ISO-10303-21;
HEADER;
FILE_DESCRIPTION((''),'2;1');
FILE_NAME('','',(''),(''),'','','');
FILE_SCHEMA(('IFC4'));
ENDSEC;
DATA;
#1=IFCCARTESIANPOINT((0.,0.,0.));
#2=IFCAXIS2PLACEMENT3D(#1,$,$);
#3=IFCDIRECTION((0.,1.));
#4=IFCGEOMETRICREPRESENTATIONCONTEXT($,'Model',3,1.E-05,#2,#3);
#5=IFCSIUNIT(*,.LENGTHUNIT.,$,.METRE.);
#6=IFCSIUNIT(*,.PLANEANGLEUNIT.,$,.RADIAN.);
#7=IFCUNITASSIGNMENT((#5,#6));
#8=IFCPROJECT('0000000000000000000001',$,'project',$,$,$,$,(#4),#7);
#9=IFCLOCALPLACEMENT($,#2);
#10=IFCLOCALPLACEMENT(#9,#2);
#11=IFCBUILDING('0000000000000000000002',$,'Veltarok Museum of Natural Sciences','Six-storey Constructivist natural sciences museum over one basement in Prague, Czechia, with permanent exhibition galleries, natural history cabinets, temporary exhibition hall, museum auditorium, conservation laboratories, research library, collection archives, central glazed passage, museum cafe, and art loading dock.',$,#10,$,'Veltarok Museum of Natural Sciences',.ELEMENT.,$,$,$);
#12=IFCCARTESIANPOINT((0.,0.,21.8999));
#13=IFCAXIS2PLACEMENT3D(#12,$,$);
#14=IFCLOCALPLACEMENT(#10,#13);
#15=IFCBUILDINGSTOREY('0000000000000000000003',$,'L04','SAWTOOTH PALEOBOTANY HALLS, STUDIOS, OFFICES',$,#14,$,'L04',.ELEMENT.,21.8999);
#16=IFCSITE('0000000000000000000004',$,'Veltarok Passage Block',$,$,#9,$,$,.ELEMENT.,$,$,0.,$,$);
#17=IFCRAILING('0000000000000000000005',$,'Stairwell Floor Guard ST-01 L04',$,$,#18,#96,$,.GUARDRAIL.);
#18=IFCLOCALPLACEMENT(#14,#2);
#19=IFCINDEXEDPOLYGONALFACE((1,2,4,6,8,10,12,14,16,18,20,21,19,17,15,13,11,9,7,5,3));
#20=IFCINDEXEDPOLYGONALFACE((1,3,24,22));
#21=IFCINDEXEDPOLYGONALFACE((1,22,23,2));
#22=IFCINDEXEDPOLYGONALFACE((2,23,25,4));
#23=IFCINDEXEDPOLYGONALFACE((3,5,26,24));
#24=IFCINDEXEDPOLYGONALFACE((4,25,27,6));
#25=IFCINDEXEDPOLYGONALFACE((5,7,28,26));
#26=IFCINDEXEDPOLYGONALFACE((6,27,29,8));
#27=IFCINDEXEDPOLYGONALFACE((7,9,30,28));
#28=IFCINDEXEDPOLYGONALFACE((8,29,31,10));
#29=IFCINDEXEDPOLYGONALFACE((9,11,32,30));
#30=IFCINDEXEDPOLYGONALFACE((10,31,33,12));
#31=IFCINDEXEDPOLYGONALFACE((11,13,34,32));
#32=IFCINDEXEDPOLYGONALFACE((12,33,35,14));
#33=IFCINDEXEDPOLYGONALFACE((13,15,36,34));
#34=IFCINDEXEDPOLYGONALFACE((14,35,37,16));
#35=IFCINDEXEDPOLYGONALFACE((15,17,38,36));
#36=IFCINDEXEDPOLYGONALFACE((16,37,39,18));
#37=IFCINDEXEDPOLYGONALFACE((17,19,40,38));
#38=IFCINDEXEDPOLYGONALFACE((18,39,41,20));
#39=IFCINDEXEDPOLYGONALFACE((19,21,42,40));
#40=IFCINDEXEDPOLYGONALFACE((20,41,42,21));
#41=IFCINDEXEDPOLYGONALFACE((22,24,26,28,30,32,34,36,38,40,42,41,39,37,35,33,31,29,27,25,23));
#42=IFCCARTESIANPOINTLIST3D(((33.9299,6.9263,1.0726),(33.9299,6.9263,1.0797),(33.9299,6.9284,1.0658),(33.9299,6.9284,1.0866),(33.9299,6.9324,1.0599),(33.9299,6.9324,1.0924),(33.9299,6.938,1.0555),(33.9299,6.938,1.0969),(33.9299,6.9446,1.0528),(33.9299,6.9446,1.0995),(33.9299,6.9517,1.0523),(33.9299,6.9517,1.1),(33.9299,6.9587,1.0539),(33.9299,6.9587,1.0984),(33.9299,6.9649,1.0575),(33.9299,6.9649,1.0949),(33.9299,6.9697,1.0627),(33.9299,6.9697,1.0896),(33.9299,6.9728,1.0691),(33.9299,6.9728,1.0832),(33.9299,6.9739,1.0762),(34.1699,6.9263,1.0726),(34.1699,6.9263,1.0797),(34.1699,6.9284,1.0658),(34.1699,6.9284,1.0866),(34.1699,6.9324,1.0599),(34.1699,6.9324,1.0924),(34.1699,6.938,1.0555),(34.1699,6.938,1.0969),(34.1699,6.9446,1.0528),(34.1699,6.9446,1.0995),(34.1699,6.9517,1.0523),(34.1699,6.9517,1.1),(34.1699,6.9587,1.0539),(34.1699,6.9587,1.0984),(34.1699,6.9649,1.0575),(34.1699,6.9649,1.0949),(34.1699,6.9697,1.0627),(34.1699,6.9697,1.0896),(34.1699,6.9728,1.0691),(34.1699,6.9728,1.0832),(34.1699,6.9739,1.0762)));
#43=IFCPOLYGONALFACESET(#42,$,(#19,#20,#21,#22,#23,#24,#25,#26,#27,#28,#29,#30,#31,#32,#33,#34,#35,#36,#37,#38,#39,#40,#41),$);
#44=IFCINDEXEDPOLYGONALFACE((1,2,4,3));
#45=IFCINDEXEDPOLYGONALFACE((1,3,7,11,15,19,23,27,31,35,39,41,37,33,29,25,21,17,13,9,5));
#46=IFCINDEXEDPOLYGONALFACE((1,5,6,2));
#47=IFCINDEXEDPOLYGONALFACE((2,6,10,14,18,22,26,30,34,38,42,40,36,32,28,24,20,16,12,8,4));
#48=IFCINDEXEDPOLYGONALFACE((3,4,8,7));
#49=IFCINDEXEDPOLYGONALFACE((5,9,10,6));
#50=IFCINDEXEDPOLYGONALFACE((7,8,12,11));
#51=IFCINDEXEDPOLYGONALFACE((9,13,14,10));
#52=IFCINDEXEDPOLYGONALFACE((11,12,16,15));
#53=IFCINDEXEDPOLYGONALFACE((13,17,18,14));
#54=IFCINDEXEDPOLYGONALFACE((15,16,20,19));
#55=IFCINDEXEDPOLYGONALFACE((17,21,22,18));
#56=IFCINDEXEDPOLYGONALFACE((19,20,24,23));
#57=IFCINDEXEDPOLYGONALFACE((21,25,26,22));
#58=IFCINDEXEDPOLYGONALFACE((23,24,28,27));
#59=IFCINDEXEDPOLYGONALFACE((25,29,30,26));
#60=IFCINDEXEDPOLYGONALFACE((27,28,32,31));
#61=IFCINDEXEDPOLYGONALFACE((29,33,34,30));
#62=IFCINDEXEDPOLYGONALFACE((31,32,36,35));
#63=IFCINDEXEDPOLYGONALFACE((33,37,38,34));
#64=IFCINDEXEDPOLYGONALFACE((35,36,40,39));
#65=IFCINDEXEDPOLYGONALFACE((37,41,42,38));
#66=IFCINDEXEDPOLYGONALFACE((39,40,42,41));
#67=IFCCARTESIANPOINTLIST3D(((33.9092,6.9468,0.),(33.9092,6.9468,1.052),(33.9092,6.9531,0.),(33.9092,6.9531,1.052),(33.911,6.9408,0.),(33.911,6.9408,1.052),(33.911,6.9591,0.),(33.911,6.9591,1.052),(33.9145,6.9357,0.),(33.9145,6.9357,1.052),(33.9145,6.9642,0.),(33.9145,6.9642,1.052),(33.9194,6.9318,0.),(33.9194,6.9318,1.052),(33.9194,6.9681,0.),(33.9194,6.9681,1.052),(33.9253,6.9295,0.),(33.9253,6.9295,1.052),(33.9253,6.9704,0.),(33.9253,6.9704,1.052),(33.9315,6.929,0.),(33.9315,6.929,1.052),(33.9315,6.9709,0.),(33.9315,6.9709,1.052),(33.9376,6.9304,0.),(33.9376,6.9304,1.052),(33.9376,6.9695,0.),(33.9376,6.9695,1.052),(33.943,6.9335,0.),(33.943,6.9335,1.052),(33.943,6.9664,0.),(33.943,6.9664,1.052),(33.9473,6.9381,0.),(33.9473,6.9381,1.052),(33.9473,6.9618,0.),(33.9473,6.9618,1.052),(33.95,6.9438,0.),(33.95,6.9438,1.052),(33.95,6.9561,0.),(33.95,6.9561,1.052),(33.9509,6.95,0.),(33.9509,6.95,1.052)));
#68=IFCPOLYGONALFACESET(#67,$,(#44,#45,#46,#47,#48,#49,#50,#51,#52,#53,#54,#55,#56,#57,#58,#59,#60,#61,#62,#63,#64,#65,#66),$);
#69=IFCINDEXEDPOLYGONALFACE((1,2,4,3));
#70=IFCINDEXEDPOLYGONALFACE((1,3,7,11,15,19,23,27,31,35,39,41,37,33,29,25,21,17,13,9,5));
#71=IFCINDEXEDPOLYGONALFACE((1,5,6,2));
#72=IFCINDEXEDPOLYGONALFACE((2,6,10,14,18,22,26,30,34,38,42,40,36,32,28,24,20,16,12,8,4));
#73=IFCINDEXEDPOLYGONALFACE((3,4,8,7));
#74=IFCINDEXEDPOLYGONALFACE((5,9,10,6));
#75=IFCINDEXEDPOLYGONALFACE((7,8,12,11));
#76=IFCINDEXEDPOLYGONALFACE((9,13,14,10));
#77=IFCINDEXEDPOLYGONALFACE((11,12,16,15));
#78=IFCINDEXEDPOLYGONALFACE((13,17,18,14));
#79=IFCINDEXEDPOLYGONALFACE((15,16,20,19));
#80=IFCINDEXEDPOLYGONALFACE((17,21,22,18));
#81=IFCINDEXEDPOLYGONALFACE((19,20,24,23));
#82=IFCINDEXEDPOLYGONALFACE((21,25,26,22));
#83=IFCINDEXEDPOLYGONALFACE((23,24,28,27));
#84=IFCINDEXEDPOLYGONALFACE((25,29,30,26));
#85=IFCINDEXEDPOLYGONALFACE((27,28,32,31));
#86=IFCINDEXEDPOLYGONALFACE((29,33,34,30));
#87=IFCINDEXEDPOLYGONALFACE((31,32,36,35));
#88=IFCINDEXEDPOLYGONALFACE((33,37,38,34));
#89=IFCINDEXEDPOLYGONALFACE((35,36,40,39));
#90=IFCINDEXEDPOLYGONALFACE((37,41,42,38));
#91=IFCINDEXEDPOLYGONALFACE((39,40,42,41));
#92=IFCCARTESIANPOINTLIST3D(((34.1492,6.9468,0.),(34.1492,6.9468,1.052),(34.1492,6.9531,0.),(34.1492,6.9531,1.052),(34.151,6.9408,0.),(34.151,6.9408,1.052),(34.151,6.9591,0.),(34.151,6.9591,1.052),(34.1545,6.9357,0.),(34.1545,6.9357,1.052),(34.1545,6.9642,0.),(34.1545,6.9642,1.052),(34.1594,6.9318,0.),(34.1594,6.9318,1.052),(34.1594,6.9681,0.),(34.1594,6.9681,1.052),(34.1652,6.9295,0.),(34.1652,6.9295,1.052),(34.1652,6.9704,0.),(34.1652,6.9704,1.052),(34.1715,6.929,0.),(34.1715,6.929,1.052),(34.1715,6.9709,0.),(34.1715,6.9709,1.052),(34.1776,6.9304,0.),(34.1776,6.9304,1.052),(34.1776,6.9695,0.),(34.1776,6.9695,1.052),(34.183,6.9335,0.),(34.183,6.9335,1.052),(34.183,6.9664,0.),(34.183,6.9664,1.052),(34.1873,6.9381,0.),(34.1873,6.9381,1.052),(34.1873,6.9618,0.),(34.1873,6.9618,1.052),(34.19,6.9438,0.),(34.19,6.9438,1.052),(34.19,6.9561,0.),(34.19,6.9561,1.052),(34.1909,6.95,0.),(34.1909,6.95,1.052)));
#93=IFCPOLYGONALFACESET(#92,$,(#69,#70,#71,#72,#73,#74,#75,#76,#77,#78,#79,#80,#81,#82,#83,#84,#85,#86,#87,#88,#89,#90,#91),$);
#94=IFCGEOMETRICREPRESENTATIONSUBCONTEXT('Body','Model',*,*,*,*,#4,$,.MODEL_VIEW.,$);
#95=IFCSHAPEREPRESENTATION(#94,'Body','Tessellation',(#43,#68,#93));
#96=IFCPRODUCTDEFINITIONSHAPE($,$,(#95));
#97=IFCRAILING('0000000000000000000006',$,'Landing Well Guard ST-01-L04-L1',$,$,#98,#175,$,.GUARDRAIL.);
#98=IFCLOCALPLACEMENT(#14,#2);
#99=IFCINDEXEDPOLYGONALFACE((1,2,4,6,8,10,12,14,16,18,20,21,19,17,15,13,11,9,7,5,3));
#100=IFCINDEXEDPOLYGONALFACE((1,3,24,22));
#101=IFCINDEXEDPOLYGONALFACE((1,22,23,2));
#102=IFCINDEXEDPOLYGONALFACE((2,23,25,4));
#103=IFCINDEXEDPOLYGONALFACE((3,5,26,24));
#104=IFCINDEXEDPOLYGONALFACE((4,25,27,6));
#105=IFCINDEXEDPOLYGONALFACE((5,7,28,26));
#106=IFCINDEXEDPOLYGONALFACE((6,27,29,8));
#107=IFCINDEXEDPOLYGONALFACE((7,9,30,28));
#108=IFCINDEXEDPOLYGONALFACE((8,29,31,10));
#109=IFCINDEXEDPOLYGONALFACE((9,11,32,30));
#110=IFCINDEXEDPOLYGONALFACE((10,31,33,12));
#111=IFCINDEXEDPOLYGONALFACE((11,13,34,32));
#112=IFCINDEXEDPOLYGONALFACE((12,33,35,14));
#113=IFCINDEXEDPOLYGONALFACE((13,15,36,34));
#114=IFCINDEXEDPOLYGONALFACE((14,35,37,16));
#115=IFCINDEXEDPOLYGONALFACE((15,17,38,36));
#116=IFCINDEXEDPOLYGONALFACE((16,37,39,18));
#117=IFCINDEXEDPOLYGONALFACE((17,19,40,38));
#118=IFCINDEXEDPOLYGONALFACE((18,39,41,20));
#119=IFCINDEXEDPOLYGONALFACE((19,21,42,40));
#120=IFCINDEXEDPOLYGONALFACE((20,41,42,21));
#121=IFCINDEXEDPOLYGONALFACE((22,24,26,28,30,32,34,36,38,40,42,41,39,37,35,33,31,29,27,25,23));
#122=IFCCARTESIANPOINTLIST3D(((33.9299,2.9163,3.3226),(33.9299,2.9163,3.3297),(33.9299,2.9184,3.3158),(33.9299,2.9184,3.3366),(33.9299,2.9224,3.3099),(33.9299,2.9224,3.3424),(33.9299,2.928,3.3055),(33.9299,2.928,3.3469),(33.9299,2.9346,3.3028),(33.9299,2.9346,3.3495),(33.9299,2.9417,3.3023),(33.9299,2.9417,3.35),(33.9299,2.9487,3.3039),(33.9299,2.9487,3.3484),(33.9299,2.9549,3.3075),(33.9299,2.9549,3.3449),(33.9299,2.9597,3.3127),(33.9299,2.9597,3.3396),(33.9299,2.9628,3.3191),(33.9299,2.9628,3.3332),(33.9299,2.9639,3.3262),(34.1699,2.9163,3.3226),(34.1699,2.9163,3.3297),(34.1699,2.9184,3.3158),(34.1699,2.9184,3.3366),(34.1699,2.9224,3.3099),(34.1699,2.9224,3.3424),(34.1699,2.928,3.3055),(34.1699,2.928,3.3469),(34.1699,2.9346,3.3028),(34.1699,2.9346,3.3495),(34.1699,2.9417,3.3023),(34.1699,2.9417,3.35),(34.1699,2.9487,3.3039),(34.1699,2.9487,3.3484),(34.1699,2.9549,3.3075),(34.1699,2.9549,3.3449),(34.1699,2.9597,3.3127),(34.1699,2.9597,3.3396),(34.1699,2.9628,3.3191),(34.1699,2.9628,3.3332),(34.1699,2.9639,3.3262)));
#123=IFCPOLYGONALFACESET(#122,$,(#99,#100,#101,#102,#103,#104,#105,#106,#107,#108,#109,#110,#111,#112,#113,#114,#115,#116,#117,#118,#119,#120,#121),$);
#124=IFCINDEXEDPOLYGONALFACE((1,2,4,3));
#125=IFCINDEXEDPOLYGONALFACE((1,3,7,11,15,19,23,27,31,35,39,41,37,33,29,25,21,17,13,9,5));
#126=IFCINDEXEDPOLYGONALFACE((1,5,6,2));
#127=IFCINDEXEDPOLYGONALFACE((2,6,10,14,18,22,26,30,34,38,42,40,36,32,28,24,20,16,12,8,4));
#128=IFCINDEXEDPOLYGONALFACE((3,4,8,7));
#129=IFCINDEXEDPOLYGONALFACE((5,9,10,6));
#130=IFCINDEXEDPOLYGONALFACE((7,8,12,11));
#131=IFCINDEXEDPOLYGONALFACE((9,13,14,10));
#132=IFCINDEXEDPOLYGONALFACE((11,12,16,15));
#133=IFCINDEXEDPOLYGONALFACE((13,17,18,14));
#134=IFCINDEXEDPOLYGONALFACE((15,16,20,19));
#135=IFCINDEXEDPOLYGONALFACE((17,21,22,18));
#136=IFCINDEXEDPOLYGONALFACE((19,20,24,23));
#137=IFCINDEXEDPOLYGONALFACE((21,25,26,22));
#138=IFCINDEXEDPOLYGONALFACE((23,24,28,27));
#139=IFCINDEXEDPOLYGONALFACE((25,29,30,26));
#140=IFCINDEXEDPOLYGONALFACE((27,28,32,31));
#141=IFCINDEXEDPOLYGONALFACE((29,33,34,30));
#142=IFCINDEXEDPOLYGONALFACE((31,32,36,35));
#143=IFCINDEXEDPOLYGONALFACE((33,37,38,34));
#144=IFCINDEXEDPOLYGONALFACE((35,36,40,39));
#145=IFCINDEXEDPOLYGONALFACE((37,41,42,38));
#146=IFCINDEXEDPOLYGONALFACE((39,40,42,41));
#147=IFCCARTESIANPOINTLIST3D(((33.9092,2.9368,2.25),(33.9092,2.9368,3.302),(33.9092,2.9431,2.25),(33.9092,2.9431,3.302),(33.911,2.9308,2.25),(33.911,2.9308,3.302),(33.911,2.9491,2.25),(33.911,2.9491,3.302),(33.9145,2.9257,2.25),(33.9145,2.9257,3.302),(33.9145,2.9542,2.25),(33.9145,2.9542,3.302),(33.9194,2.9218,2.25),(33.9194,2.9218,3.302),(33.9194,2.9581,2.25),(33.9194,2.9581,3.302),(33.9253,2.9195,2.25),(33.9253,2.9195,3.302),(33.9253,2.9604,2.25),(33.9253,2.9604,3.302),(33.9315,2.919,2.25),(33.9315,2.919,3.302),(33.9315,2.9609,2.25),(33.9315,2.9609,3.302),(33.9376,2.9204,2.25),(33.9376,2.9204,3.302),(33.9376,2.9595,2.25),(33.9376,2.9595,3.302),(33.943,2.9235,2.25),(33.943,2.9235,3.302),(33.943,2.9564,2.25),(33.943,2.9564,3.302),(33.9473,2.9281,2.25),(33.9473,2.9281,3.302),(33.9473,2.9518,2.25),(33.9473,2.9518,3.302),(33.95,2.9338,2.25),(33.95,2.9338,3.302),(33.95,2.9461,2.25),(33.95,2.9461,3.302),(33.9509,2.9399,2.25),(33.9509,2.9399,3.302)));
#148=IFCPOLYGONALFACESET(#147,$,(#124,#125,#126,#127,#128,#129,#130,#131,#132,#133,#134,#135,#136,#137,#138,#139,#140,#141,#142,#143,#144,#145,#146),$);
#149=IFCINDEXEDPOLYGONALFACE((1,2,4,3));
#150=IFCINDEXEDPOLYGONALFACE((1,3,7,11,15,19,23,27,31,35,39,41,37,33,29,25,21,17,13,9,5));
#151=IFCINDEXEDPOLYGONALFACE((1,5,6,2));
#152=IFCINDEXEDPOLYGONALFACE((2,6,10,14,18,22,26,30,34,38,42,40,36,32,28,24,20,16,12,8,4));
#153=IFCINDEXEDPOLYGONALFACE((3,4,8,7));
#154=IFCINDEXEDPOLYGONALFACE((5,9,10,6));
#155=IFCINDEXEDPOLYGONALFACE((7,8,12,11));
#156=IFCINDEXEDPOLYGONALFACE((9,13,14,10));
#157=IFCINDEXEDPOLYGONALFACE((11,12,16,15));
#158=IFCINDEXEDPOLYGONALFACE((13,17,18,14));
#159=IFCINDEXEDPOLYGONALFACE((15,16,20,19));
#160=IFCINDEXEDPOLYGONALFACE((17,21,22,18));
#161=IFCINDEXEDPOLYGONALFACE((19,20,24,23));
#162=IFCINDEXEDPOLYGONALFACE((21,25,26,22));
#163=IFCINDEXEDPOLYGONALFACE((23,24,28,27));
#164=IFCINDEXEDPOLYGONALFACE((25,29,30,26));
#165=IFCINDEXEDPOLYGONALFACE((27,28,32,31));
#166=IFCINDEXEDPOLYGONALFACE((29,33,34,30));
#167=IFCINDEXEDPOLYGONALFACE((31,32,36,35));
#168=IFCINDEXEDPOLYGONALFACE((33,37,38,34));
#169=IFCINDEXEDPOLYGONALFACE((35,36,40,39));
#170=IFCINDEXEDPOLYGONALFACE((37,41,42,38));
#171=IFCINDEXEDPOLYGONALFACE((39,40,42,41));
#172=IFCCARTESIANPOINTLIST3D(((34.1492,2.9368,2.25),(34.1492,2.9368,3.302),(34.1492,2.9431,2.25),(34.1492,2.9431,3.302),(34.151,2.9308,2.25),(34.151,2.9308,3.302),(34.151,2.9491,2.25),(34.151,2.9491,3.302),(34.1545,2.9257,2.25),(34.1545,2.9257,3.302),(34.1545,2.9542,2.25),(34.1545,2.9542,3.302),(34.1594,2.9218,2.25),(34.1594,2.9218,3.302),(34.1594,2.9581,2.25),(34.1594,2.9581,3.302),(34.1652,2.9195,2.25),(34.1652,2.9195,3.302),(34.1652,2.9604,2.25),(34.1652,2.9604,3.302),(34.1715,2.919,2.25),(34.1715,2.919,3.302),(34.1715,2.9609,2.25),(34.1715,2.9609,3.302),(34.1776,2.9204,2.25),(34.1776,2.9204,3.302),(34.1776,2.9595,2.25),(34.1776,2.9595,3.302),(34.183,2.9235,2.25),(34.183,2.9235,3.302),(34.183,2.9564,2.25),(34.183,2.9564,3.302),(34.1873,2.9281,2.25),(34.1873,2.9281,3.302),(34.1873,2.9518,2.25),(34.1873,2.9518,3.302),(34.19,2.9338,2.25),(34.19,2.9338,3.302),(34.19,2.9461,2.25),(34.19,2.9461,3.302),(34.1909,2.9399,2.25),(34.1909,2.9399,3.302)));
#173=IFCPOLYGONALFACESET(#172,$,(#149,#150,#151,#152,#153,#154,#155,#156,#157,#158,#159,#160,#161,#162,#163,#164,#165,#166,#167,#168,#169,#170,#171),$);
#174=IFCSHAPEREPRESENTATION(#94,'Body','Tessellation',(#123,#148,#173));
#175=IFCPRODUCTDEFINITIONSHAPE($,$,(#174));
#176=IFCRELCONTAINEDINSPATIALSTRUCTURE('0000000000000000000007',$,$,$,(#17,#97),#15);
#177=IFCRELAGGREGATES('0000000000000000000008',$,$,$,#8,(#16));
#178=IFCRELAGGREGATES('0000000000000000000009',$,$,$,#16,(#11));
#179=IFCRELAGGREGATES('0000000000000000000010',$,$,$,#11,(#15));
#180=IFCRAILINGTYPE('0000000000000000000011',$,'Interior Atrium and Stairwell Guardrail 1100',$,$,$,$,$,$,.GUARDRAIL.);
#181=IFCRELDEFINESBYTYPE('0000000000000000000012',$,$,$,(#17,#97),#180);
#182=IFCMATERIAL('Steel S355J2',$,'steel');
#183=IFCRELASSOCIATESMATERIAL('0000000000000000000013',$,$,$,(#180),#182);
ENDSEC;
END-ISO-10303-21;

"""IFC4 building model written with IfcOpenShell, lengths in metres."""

from ifc_helpers import new_model, si_unit, direction, frame, origin, origin_2d, place, context, subcontext, project, spatial, circle, extrude, material, type_object, element, save


model = new_model("IFC4")

# Units and contexts
model_context = context("Model", 3, precision=1e-05, world=origin(), true_north=direction((0.0, 1.0)))
body_context = subcontext(model_context, "Body", "Model", "MODEL_VIEW")
ifc_project = project(units=[si_unit("LENGTHUNIT", "METRE"), si_unit("PLANEANGLEUNIT", "RADIAN")], contexts=[model_context])

# Site, building, storey
site_placement = place(None, origin())
site = spatial("IfcSite", under=ifc_project, at=site_placement, Name="Veltarok Passage Block", CompositionType="ELEMENT", RefElevation=0.0)
building_placement = place(site_placement, origin())
building = spatial("IfcBuilding", under=site, at=building_placement, Name="Veltarok Museum of Natural Sciences", Description="Six-storey Constructivist natural sciences museum over one basement in Prague, Czechia, with permanent exhibition galleries, natural history cabinets, temporary exhibition hall, museum auditorium, conservation laboratories, research library, collection archives, central glazed passage, museum cafe, and art loading dock.", LongName="Veltarok Museum of Natural Sciences", CompositionType="ELEMENT")
storey_placement = place(building_placement, frame((0.0, 0.0, 21.8999)))
storey = spatial("IfcBuildingStorey", under=building, at=storey_placement, Name="L04", Description="SAWTOOTH PALEOBOTANY HALLS, STUDIOS, OFFICES", LongName="L04", CompositionType="ELEMENT", Elevation=21.8999)

# Shared definitions
ifc_material_1 = material(Name="Steel S355J2", Category="steel")

# Railings
railing_type_1 = type_object("IfcRailingType", Name="Interior Atrium and Stairwell Guardrail 1100", PredefinedType="GUARDRAIL", material=ifc_material_1)
for number, where, name in (
    (1, (33.9299, 6.95, 0.0), "Stairwell Floor Guard ST-01 L04"),
    (2, (33.9299, 2.9399, 2.25), "Landing Well Guard ST-01-L04-L1"),
):
    element("IfcRailing", number, at=place(storey_placement, frame(where)), inside=storey, type_object=railing_type_1, Name=name, PredefinedType="GUARDRAIL", context=body_context, shape_type="SweptSolid", body=[
        extrude(circle(Radius=0.0239, at=origin_2d()), frame((0.0, 0.0, 1.0762), z_axis=(1.0, 0.0, 0.0), x_axis=(0.0, 1.0, 0.0)), (0.0, 0.0, 1.0), 0.24),
        extrude(circle(Radius=0.021, at=origin_2d()), origin(), (0.0, 0.0, 1.0), 1.052),
        extrude(circle(Radius=0.021, at=origin_2d()), frame((0.24, 0.0, 0.0)), (0.0, 0.0, 1.0), 1.052),
    ])

save(model, "model.ifc")
